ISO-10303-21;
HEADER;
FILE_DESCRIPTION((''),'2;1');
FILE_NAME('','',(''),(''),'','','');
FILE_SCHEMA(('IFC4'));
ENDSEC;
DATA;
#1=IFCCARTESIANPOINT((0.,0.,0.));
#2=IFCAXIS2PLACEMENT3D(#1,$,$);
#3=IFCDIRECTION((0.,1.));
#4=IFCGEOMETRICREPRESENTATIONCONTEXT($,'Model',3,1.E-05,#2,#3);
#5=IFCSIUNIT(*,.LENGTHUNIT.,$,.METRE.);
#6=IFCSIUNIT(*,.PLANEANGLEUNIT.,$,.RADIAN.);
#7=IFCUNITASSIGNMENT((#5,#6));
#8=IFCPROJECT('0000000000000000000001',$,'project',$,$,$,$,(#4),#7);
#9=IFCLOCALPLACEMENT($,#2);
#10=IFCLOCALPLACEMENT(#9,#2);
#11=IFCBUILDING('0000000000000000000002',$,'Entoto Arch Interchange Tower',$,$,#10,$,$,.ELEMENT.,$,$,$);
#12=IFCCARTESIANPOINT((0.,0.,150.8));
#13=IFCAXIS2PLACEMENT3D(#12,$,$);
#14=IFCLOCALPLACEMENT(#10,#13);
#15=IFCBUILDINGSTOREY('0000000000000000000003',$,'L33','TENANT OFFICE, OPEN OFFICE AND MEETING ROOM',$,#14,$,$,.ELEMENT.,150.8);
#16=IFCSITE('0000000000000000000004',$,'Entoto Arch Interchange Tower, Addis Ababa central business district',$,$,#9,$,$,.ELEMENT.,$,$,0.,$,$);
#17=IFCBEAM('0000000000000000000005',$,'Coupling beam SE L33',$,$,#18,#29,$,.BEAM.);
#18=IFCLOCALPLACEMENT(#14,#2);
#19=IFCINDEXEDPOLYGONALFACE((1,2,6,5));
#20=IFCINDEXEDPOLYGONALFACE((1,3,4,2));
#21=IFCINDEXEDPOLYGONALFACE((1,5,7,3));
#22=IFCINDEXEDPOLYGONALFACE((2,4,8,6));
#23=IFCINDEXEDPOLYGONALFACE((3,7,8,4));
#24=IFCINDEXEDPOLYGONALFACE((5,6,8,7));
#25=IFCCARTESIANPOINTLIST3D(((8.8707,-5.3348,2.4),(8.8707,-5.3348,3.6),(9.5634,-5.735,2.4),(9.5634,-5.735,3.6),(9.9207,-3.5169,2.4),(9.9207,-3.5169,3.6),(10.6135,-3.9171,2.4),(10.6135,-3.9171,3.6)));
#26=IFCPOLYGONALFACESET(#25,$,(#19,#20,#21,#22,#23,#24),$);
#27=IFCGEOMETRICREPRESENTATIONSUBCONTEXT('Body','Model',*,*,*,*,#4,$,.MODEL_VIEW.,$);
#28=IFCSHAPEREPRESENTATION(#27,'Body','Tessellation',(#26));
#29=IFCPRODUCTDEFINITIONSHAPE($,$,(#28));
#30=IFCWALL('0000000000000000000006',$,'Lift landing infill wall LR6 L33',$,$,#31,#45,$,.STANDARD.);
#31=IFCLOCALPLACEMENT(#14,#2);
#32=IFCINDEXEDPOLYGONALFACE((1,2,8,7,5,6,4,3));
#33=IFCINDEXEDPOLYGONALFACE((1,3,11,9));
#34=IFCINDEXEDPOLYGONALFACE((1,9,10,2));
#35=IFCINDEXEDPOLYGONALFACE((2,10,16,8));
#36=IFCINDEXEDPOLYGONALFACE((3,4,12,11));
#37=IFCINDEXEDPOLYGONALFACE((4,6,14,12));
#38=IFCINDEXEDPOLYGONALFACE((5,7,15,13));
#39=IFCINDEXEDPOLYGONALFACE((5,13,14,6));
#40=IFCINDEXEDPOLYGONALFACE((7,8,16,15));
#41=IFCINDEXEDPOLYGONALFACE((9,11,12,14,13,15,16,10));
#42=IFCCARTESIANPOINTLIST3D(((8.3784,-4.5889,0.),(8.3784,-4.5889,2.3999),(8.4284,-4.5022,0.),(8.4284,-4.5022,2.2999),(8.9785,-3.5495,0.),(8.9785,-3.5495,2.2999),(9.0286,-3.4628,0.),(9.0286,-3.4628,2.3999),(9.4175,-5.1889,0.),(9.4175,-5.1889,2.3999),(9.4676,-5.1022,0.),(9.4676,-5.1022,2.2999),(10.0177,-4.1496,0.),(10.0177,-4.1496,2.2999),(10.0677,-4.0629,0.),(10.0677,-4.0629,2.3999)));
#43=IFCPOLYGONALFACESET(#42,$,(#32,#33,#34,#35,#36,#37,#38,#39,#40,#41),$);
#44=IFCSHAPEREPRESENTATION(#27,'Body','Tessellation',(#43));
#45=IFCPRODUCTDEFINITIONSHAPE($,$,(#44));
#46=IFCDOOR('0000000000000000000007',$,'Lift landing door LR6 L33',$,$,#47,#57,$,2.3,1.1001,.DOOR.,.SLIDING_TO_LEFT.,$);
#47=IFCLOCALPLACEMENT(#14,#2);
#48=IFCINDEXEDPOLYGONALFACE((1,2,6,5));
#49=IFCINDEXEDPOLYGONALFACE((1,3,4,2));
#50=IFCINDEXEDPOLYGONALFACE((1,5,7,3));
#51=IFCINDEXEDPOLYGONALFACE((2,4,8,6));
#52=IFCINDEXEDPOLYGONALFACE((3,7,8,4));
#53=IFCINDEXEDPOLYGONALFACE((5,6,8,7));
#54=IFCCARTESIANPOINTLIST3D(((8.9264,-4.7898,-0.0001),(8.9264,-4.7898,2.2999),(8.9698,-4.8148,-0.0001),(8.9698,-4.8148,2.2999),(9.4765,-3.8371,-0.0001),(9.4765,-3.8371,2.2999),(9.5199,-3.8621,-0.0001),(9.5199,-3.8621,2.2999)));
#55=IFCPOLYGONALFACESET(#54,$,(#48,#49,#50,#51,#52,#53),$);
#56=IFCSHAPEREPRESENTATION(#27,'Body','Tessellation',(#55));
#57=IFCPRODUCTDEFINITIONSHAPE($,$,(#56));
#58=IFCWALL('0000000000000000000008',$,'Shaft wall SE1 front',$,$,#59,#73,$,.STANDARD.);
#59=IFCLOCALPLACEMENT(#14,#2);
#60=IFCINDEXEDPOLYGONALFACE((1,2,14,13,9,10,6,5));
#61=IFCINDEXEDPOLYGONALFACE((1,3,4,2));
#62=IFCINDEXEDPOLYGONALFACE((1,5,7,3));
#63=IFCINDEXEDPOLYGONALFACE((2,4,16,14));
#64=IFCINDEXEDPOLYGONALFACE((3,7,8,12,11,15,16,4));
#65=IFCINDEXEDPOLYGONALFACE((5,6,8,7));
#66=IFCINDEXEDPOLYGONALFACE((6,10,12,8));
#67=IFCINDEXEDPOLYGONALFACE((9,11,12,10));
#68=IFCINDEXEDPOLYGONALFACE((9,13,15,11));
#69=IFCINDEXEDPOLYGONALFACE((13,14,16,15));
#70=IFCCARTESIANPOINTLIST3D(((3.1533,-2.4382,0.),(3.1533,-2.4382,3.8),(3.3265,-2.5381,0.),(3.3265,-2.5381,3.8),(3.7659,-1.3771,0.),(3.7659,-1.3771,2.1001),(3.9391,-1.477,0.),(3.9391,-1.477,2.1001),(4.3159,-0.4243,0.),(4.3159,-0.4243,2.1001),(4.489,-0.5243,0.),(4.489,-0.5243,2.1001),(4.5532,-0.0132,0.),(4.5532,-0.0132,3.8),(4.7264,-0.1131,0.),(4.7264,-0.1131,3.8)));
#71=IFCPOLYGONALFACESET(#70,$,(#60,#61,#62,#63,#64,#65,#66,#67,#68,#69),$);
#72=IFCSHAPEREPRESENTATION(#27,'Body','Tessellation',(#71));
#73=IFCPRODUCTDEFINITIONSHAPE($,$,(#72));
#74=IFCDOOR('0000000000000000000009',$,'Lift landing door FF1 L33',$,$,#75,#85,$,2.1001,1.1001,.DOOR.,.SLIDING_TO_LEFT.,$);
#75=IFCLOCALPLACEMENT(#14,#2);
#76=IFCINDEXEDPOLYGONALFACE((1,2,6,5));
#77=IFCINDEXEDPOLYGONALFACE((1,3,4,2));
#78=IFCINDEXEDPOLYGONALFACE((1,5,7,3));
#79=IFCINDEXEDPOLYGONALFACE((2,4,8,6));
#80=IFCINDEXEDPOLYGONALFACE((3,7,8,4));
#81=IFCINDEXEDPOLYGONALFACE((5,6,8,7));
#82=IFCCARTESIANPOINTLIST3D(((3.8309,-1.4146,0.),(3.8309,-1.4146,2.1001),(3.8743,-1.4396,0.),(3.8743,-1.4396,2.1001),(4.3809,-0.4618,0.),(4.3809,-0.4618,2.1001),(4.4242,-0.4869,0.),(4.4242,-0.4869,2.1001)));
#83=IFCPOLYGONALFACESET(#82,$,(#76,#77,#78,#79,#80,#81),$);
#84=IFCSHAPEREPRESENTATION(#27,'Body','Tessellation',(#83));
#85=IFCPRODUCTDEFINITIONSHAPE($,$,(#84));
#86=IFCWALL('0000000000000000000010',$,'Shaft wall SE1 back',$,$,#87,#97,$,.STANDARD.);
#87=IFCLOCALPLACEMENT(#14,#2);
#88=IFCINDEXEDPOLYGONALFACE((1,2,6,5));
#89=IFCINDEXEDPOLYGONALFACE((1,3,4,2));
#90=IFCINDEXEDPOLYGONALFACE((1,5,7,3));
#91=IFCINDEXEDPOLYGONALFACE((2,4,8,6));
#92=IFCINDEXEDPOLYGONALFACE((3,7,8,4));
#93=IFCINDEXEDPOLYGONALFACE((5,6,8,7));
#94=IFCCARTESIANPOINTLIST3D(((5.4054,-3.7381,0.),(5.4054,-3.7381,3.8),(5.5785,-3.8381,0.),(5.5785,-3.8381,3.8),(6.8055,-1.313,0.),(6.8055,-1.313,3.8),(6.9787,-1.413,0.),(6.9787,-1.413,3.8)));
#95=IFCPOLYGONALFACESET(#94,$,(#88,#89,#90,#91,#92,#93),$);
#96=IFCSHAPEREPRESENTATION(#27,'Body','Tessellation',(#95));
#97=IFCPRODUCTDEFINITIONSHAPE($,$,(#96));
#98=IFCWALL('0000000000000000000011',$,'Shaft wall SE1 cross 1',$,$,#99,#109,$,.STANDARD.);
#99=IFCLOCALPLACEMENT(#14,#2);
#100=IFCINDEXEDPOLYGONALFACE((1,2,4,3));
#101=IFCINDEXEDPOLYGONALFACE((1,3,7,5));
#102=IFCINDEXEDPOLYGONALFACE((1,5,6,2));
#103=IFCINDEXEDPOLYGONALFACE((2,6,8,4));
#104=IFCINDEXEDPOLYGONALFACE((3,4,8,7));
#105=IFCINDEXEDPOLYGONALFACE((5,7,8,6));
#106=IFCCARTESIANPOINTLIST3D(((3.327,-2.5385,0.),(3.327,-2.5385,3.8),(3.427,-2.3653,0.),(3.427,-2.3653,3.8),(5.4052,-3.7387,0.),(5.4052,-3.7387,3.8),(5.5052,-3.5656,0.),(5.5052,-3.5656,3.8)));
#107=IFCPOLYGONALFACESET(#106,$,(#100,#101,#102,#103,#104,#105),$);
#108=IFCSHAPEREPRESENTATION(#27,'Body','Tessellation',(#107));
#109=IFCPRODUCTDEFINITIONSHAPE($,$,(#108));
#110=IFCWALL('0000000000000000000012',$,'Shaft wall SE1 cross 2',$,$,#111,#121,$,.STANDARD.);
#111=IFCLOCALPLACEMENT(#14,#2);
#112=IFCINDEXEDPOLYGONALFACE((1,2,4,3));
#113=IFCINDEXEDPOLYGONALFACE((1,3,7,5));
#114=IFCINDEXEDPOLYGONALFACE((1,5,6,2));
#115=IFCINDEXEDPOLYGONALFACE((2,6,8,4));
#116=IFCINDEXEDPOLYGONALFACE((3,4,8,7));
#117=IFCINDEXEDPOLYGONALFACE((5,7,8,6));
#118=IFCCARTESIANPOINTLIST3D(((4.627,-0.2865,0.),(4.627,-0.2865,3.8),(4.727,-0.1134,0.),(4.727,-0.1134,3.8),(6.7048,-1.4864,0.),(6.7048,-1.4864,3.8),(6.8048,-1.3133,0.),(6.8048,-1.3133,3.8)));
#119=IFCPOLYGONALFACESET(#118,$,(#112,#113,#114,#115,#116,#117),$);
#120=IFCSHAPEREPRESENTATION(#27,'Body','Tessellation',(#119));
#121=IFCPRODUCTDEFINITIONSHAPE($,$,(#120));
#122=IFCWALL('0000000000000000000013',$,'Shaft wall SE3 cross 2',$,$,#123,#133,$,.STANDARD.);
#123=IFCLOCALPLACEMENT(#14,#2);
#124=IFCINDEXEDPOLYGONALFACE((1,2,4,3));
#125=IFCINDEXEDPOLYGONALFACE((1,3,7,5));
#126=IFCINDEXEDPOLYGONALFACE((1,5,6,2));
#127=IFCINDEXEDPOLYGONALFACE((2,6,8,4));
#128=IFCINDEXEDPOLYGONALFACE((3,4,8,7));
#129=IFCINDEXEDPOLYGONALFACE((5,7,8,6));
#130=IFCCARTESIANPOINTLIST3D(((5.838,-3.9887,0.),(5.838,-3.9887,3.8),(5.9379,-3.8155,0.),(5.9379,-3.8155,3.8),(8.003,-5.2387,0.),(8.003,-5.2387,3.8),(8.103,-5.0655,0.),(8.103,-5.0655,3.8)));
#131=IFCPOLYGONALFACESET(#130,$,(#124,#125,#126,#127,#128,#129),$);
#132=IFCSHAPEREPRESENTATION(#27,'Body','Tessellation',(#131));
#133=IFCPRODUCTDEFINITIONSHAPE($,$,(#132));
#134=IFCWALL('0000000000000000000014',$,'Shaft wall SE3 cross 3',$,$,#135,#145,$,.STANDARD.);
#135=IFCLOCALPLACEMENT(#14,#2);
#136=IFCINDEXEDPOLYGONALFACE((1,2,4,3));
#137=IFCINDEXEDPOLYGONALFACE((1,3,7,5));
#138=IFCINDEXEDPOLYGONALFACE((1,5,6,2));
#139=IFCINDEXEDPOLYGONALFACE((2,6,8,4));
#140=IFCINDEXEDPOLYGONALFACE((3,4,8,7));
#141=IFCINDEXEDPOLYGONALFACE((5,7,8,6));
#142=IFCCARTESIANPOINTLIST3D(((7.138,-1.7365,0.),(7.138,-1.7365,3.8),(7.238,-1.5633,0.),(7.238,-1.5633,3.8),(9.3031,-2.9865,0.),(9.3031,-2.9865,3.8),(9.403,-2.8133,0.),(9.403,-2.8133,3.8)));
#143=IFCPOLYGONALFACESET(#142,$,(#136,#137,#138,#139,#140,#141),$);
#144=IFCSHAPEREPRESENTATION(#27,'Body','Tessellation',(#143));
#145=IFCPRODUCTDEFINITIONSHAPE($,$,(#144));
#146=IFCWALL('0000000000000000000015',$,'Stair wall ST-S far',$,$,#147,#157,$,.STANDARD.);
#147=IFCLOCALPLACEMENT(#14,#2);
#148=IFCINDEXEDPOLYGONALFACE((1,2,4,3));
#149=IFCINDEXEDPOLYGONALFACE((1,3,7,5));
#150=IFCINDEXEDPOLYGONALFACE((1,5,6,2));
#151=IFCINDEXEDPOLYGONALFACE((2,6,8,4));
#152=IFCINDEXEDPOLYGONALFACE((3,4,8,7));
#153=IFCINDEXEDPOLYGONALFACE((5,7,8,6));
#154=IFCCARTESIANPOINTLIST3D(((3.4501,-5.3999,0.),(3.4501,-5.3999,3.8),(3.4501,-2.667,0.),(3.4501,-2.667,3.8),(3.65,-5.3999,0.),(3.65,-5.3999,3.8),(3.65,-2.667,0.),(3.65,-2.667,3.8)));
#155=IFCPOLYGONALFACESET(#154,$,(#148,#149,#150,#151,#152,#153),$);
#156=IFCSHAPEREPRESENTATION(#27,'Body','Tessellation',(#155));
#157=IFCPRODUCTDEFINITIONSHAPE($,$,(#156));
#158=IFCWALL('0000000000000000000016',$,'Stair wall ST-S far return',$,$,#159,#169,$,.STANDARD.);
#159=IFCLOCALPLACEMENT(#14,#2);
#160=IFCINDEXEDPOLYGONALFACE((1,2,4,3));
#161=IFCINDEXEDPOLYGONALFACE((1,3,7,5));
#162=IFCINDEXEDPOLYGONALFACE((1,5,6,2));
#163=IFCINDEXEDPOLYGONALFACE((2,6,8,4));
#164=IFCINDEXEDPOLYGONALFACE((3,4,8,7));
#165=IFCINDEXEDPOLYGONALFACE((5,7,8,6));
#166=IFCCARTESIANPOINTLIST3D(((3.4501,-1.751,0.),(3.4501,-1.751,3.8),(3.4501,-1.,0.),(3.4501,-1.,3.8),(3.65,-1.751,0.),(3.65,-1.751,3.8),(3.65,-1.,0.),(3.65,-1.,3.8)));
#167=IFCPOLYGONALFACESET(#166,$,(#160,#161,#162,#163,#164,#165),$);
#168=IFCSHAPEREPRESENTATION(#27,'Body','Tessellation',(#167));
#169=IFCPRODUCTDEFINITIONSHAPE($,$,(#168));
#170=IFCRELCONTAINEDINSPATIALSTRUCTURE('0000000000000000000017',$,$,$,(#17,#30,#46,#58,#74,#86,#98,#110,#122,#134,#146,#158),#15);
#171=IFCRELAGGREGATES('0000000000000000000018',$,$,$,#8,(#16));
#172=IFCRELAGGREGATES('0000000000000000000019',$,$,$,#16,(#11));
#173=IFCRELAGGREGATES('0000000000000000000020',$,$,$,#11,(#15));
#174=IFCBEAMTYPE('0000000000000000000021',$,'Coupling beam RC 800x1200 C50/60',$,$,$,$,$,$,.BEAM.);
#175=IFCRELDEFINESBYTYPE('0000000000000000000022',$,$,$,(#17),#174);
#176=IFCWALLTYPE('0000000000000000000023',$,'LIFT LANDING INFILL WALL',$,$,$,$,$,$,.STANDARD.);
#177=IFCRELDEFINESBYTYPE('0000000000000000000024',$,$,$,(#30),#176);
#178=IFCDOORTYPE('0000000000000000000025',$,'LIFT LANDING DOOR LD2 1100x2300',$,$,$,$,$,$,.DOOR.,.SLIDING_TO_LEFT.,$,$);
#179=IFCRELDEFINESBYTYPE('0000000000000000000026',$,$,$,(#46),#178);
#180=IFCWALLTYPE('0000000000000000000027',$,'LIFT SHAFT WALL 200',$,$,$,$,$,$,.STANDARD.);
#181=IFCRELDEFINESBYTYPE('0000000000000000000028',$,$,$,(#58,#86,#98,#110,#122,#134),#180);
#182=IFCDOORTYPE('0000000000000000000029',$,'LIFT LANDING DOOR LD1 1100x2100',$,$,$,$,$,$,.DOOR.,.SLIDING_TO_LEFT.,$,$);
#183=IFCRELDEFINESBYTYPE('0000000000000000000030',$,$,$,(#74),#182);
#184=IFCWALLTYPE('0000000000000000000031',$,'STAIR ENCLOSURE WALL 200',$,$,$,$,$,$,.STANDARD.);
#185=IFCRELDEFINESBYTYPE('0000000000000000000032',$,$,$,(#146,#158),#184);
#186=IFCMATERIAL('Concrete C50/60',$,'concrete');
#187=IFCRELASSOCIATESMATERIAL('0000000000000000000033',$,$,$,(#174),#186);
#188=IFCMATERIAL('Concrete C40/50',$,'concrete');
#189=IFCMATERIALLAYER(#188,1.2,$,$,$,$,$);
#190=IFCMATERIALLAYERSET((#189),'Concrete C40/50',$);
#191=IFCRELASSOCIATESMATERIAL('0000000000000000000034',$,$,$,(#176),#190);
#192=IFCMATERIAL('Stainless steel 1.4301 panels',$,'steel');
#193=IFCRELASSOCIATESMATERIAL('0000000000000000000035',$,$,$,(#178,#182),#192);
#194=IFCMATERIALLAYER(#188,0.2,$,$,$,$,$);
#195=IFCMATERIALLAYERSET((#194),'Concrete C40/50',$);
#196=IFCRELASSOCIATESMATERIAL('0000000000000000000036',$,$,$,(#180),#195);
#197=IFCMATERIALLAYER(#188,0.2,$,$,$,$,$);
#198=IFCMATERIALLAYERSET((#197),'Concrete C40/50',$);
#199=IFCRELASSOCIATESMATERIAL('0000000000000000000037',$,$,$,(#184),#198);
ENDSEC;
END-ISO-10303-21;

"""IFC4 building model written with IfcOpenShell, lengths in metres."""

from ifc_helpers import new_model, si_unit, direction, frame, frame_2d, origin, origin_2d, place, context, subcontext, project, spatial, rectangle, extrude, material, layer, layer_set, material_profile, profile_set, type_object, element, fill, save


model = new_model("IFC4")

# Units and contexts
model_context = context("Model", 3, precision=1e-05, world=origin(), true_north=direction((0.0, 1.0)))
body_context = subcontext(model_context, "Body", "Model", "MODEL_VIEW")
ifc_project = project(units=[si_unit("LENGTHUNIT", "METRE"), si_unit("PLANEANGLEUNIT", "RADIAN")], contexts=[model_context])

# Site, building, storey
site_placement = place(None, origin())
site = spatial("IfcSite", under=ifc_project, at=site_placement, Name="Entoto Arch Interchange Tower, Addis Ababa central business district", CompositionType="ELEMENT", RefElevation=0.0)
building_placement = place(site_placement, origin())
building = spatial("IfcBuilding", under=site, at=building_placement, Name="Entoto Arch Interchange Tower", CompositionType="ELEMENT")
storey_placement = place(building_placement, frame((0.0, 0.0, 150.8)))
storey = spatial("IfcBuildingStorey", under=building, at=storey_placement, Name="L33", Description="TENANT OFFICE, OPEN OFFICE AND MEETING ROOM", CompositionType="ELEMENT", Elevation=150.8)

# Beam
ifc_material_1 = material(Name="Concrete C50/60", Category="concrete")
ifc_material_profile = material_profile(ifc_material_1, rectangle(XDim=0.8, YDim=1.2, at=origin_2d()))
ifc_profile_set = profile_set([ifc_material_profile], Name="Concrete C50/60")
beam_type = type_object("IfcBeamType", Name="Coupling beam RC 800x1200 C50/60", PredefinedType="BEAM", material=ifc_profile_set)
beam_placement = place(storey_placement, frame((9.217, -5.5349, 3.0), z_axis=(0.500179, 0.865922, 0.0), x_axis=(-0.865922, 0.500179, 0.0)))
element("IfcBeam", 1, at=beam_placement, inside=storey, type_object=beam_type, Name="Coupling beam SE L33", PredefinedType="BEAM", context=body_context, shape_type="SweptSolid", body=[
    extrude(rectangle(XDim=0.8, YDim=1.2, at=origin_2d()), origin(), (0.0, 0.0, 1.0), 2.0994),
])

# Walls, openings, doors
ifc_material_2 = material(Name="Concrete C40/50", Category="concrete")
ifc_layer_1 = layer(ifc_material_2, 1.2)
ifc_layer_set_1 = layer_set([ifc_layer_1], Name="Concrete C40/50")
wall_type_1 = type_object("IfcWallType", Name="LIFT LANDING INFILL WALL", PredefinedType="STANDARD", material=ifc_layer_set_1)
wall_1_placement = place(storey_placement, frame((8.8979, -4.8889, 0.0), z_axis=(0.0, 0.0, 1.0), x_axis=(0.500037, 0.866004, 0.0)))
wall_1 = element("IfcWall", 2, at=wall_1_placement, inside=storey, type_object=wall_type_1, Name="Lift landing infill wall LR6 L33", PredefinedType="STANDARD", context=body_context, shape_type="SweptSolid", body=[
    extrude(rectangle(XDim=1.3003, YDim=1.2, at=frame_2d((0.6501, 0.0))), origin(), (0.0, 0.0, 1.0), 2.3999),
])
opening_1_placement = place(wall_1_placement, frame((0.1001, 0.0, 0.0)))
opening_1 = element("IfcOpeningElement", 3, at=opening_1_placement, cuts=wall_1, PredefinedType="OPENING", context=body_context, shape_type="SweptSolid", body=[
    extrude(rectangle(XDim=1.1001, YDim=2.3, at=frame_2d((0.55, 1.1499))), frame((0.0, 0.6099, 0.0), z_axis=(0.0, -1.0, 0.0), x_axis=(1.0, 0.0, 0.0)), (0.0, 0.0, 1.0), 1.22),
])
ifc_material_3 = material(Name="Stainless steel 1.4301 panels", Category="steel")
door_type_1 = type_object("IfcDoorType", Name="LIFT LANDING DOOR LD2 1100x2300", OperationType="SLIDING_TO_LEFT", PredefinedType="DOOR", material=ifc_material_3)
door_1_placement = place(opening_1_placement, origin())
door_1 = element("IfcDoor", 4, at=door_1_placement, inside=storey, type_object=door_type_1, Name="Lift landing door LR6 L33", OperationType="SLIDING_TO_LEFT", OverallHeight=2.3, OverallWidth=1.1001, PredefinedType="DOOR", context=body_context, shape_type="SweptSolid", body=[
    extrude(rectangle(XDim=1.1001, YDim=2.3, at=frame_2d((0.55, 1.1499))), frame((0.0, 0.0249, 0.0), z_axis=(0.0, -1.0, 0.0), x_axis=(1.0, 0.0, 0.0)), (0.0, 0.0, 1.0), 0.05),
])
fill(opening_1, door_1)
ifc_layer_2 = layer(ifc_material_2, 0.2)
ifc_layer_set_2 = layer_set([ifc_layer_2], Name="Concrete C40/50")
wall_type_2 = type_object("IfcWallType", Name="LIFT SHAFT WALL 200", PredefinedType="STANDARD", material=ifc_layer_set_2)
wall_2_placement = place(storey_placement, frame((3.24, -2.488, 0.0), z_axis=(0.0, 0.0, 1.0), x_axis=(0.499946, 0.866056, 0.0)))
wall_2 = element("IfcWall", 5, at=wall_2_placement, inside=storey, type_object=wall_type_2, Name="Shaft wall SE1 front", PredefinedType="STANDARD", context=body_context, shape_type="SweptSolid", body=[
    extrude(rectangle(XDim=2.8, YDim=0.2, at=frame_2d((1.3999, 0.0))), origin(), (0.0, 0.0, 1.0), 3.8),
])
opening_2_placement = place(wall_2_placement, frame((1.2251, 0.0, 0.0)))
opening_2 = element("IfcOpeningElement", 6, at=opening_2_placement, cuts=wall_2, PredefinedType="OPENING", context=body_context, shape_type="SweptSolid", body=[
    extrude(rectangle(XDim=1.1001, YDim=2.1001, at=frame_2d((0.55, 1.05))), frame((0.0, 0.1099, 0.0), z_axis=(0.0, -1.0, 0.0), x_axis=(1.0, 0.0, 0.0)), (0.0, 0.0, 1.0), 0.22),
])
door_type_2 = type_object("IfcDoorType", Name="LIFT LANDING DOOR LD1 1100x2100", OperationType="SLIDING_TO_LEFT", PredefinedType="DOOR", material=ifc_material_3)
door_2_placement = place(opening_2_placement, origin())
door_2 = element("IfcDoor", 7, at=door_2_placement, inside=storey, type_object=door_type_2, Name="Lift landing door FF1 L33", OperationType="SLIDING_TO_LEFT", OverallHeight=2.1001, OverallWidth=1.1001, PredefinedType="DOOR", context=body_context, shape_type="SweptSolid", body=[
    extrude(rectangle(XDim=1.1001, YDim=2.1001, at=frame_2d((0.55, 1.05))), frame((0.0, 0.0249, 0.0), z_axis=(0.0, -1.0, 0.0), x_axis=(1.0, 0.0, 0.0)), (0.0, 0.0, 1.0), 0.05),
])
fill(opening_2, door_2)

# Walls
wall_3_placement = place(storey_placement, frame((5.4919, -3.7881, 0.0), z_axis=(0.0, 0.0, 1.0), x_axis=(0.500012, 0.866019, 0.0)))
element("IfcWall", 8, at=wall_3_placement, inside=storey, type_object=wall_type_2, Name="Shaft wall SE1 back", PredefinedType="STANDARD", context=body_context, shape_type="SweptSolid", body=[
    extrude(rectangle(XDim=2.8003, YDim=0.2, at=frame_2d((1.4001, 0.0))), origin(), (0.0, 0.0, 1.0), 3.8),
])
wall_4_placement = place(storey_placement, frame((3.377, -2.4519, 0.0), z_axis=(0.0, 0.0, 1.0), x_axis=(0.865955, -0.500122, 0.0)))
element("IfcWall", 9, at=wall_4_placement, inside=storey, type_object=wall_type_2, Name="Shaft wall SE1 cross 1", PredefinedType="STANDARD", context=body_context, shape_type="SweptSolid", body=[
    extrude(rectangle(XDim=2.3999, YDim=0.2, at=frame_2d((1.2, 0.0))), origin(), (0.0, 0.0, 1.0), 3.8),
])
wall_5_placement = place(storey_placement, frame((4.677, -0.2, 0.0), z_axis=(0.0, 0.0, 1.0), x_axis=(0.865974, -0.500089, 0.0)))
element("IfcWall", 10, at=wall_5_placement, inside=storey, type_object=wall_type_2, Name="Shaft wall SE1 cross 2", PredefinedType="STANDARD", context=body_context, shape_type="SweptSolid", body=[
    extrude(rectangle(XDim=2.3994, YDim=0.2, at=frame_2d((1.1997, 0.0))), origin(), (0.0, 0.0, 1.0), 3.8),
])
for number, where, z_axis, x_axis, name in (
    (11, (5.8879, -3.9021, 0.0), (0.0, 0.0, 1.0), (0.866023, -0.500004, 0.0), "Shaft wall SE3 cross 2"),
    (12, (7.188, -1.6499, 0.0), (0.0, 0.0, 1.0), (0.866023, -0.500004, 0.0), "Shaft wall SE3 cross 3"),
):
    element("IfcWall", number, at=place(storey_placement, frame(where, z_axis=z_axis, x_axis=x_axis)), inside=storey, type_object=wall_type_2, Name=name, PredefinedType="STANDARD", context=body_context, shape_type="SweptSolid", body=[
        extrude(rectangle(XDim=2.5, YDim=0.2, at=frame_2d((1.25, 0.0))), origin(), (0.0, 0.0, 1.0), 3.8),
    ])
ifc_layer_3 = layer(ifc_material_2, 0.2)
ifc_layer_set_3 = layer_set([ifc_layer_3], Name="Concrete C40/50")
wall_type_3 = type_object("IfcWallType", Name="STAIR ENCLOSURE WALL 200", PredefinedType="STANDARD", material=ifc_layer_set_3)
wall_6_placement = place(storey_placement, frame((3.55, -2.667, 0.0), z_axis=(0.0, 0.0, 1.0), x_axis=(0.0, -1.0, 0.0)))
element("IfcWall", 13, at=wall_6_placement, inside=storey, type_object=wall_type_3, Name="Stair wall ST-S far", PredefinedType="STANDARD", context=body_context, shape_type="SweptSolid", body=[
    extrude(rectangle(XDim=2.7329, YDim=0.2, at=frame_2d((1.3665, 0.0))), origin(), (0.0, 0.0, 1.0), 3.8),
])
wall_7_placement = place(storey_placement, frame((3.55, -1.0, 0.0), z_axis=(0.0, 0.0, 1.0), x_axis=(0.0, -1.0, 0.0)))
element("IfcWall", 14, at=wall_7_placement, inside=storey, type_object=wall_type_3, Name="Stair wall ST-S far return", PredefinedType="STANDARD", context=body_context, shape_type="SweptSolid", body=[
    extrude(rectangle(XDim=0.751, YDim=0.2, at=frame_2d((0.3755, 0.0))), origin(), (0.0, 0.0, 1.0), 3.8),
])

save(model, "model.ifc")
